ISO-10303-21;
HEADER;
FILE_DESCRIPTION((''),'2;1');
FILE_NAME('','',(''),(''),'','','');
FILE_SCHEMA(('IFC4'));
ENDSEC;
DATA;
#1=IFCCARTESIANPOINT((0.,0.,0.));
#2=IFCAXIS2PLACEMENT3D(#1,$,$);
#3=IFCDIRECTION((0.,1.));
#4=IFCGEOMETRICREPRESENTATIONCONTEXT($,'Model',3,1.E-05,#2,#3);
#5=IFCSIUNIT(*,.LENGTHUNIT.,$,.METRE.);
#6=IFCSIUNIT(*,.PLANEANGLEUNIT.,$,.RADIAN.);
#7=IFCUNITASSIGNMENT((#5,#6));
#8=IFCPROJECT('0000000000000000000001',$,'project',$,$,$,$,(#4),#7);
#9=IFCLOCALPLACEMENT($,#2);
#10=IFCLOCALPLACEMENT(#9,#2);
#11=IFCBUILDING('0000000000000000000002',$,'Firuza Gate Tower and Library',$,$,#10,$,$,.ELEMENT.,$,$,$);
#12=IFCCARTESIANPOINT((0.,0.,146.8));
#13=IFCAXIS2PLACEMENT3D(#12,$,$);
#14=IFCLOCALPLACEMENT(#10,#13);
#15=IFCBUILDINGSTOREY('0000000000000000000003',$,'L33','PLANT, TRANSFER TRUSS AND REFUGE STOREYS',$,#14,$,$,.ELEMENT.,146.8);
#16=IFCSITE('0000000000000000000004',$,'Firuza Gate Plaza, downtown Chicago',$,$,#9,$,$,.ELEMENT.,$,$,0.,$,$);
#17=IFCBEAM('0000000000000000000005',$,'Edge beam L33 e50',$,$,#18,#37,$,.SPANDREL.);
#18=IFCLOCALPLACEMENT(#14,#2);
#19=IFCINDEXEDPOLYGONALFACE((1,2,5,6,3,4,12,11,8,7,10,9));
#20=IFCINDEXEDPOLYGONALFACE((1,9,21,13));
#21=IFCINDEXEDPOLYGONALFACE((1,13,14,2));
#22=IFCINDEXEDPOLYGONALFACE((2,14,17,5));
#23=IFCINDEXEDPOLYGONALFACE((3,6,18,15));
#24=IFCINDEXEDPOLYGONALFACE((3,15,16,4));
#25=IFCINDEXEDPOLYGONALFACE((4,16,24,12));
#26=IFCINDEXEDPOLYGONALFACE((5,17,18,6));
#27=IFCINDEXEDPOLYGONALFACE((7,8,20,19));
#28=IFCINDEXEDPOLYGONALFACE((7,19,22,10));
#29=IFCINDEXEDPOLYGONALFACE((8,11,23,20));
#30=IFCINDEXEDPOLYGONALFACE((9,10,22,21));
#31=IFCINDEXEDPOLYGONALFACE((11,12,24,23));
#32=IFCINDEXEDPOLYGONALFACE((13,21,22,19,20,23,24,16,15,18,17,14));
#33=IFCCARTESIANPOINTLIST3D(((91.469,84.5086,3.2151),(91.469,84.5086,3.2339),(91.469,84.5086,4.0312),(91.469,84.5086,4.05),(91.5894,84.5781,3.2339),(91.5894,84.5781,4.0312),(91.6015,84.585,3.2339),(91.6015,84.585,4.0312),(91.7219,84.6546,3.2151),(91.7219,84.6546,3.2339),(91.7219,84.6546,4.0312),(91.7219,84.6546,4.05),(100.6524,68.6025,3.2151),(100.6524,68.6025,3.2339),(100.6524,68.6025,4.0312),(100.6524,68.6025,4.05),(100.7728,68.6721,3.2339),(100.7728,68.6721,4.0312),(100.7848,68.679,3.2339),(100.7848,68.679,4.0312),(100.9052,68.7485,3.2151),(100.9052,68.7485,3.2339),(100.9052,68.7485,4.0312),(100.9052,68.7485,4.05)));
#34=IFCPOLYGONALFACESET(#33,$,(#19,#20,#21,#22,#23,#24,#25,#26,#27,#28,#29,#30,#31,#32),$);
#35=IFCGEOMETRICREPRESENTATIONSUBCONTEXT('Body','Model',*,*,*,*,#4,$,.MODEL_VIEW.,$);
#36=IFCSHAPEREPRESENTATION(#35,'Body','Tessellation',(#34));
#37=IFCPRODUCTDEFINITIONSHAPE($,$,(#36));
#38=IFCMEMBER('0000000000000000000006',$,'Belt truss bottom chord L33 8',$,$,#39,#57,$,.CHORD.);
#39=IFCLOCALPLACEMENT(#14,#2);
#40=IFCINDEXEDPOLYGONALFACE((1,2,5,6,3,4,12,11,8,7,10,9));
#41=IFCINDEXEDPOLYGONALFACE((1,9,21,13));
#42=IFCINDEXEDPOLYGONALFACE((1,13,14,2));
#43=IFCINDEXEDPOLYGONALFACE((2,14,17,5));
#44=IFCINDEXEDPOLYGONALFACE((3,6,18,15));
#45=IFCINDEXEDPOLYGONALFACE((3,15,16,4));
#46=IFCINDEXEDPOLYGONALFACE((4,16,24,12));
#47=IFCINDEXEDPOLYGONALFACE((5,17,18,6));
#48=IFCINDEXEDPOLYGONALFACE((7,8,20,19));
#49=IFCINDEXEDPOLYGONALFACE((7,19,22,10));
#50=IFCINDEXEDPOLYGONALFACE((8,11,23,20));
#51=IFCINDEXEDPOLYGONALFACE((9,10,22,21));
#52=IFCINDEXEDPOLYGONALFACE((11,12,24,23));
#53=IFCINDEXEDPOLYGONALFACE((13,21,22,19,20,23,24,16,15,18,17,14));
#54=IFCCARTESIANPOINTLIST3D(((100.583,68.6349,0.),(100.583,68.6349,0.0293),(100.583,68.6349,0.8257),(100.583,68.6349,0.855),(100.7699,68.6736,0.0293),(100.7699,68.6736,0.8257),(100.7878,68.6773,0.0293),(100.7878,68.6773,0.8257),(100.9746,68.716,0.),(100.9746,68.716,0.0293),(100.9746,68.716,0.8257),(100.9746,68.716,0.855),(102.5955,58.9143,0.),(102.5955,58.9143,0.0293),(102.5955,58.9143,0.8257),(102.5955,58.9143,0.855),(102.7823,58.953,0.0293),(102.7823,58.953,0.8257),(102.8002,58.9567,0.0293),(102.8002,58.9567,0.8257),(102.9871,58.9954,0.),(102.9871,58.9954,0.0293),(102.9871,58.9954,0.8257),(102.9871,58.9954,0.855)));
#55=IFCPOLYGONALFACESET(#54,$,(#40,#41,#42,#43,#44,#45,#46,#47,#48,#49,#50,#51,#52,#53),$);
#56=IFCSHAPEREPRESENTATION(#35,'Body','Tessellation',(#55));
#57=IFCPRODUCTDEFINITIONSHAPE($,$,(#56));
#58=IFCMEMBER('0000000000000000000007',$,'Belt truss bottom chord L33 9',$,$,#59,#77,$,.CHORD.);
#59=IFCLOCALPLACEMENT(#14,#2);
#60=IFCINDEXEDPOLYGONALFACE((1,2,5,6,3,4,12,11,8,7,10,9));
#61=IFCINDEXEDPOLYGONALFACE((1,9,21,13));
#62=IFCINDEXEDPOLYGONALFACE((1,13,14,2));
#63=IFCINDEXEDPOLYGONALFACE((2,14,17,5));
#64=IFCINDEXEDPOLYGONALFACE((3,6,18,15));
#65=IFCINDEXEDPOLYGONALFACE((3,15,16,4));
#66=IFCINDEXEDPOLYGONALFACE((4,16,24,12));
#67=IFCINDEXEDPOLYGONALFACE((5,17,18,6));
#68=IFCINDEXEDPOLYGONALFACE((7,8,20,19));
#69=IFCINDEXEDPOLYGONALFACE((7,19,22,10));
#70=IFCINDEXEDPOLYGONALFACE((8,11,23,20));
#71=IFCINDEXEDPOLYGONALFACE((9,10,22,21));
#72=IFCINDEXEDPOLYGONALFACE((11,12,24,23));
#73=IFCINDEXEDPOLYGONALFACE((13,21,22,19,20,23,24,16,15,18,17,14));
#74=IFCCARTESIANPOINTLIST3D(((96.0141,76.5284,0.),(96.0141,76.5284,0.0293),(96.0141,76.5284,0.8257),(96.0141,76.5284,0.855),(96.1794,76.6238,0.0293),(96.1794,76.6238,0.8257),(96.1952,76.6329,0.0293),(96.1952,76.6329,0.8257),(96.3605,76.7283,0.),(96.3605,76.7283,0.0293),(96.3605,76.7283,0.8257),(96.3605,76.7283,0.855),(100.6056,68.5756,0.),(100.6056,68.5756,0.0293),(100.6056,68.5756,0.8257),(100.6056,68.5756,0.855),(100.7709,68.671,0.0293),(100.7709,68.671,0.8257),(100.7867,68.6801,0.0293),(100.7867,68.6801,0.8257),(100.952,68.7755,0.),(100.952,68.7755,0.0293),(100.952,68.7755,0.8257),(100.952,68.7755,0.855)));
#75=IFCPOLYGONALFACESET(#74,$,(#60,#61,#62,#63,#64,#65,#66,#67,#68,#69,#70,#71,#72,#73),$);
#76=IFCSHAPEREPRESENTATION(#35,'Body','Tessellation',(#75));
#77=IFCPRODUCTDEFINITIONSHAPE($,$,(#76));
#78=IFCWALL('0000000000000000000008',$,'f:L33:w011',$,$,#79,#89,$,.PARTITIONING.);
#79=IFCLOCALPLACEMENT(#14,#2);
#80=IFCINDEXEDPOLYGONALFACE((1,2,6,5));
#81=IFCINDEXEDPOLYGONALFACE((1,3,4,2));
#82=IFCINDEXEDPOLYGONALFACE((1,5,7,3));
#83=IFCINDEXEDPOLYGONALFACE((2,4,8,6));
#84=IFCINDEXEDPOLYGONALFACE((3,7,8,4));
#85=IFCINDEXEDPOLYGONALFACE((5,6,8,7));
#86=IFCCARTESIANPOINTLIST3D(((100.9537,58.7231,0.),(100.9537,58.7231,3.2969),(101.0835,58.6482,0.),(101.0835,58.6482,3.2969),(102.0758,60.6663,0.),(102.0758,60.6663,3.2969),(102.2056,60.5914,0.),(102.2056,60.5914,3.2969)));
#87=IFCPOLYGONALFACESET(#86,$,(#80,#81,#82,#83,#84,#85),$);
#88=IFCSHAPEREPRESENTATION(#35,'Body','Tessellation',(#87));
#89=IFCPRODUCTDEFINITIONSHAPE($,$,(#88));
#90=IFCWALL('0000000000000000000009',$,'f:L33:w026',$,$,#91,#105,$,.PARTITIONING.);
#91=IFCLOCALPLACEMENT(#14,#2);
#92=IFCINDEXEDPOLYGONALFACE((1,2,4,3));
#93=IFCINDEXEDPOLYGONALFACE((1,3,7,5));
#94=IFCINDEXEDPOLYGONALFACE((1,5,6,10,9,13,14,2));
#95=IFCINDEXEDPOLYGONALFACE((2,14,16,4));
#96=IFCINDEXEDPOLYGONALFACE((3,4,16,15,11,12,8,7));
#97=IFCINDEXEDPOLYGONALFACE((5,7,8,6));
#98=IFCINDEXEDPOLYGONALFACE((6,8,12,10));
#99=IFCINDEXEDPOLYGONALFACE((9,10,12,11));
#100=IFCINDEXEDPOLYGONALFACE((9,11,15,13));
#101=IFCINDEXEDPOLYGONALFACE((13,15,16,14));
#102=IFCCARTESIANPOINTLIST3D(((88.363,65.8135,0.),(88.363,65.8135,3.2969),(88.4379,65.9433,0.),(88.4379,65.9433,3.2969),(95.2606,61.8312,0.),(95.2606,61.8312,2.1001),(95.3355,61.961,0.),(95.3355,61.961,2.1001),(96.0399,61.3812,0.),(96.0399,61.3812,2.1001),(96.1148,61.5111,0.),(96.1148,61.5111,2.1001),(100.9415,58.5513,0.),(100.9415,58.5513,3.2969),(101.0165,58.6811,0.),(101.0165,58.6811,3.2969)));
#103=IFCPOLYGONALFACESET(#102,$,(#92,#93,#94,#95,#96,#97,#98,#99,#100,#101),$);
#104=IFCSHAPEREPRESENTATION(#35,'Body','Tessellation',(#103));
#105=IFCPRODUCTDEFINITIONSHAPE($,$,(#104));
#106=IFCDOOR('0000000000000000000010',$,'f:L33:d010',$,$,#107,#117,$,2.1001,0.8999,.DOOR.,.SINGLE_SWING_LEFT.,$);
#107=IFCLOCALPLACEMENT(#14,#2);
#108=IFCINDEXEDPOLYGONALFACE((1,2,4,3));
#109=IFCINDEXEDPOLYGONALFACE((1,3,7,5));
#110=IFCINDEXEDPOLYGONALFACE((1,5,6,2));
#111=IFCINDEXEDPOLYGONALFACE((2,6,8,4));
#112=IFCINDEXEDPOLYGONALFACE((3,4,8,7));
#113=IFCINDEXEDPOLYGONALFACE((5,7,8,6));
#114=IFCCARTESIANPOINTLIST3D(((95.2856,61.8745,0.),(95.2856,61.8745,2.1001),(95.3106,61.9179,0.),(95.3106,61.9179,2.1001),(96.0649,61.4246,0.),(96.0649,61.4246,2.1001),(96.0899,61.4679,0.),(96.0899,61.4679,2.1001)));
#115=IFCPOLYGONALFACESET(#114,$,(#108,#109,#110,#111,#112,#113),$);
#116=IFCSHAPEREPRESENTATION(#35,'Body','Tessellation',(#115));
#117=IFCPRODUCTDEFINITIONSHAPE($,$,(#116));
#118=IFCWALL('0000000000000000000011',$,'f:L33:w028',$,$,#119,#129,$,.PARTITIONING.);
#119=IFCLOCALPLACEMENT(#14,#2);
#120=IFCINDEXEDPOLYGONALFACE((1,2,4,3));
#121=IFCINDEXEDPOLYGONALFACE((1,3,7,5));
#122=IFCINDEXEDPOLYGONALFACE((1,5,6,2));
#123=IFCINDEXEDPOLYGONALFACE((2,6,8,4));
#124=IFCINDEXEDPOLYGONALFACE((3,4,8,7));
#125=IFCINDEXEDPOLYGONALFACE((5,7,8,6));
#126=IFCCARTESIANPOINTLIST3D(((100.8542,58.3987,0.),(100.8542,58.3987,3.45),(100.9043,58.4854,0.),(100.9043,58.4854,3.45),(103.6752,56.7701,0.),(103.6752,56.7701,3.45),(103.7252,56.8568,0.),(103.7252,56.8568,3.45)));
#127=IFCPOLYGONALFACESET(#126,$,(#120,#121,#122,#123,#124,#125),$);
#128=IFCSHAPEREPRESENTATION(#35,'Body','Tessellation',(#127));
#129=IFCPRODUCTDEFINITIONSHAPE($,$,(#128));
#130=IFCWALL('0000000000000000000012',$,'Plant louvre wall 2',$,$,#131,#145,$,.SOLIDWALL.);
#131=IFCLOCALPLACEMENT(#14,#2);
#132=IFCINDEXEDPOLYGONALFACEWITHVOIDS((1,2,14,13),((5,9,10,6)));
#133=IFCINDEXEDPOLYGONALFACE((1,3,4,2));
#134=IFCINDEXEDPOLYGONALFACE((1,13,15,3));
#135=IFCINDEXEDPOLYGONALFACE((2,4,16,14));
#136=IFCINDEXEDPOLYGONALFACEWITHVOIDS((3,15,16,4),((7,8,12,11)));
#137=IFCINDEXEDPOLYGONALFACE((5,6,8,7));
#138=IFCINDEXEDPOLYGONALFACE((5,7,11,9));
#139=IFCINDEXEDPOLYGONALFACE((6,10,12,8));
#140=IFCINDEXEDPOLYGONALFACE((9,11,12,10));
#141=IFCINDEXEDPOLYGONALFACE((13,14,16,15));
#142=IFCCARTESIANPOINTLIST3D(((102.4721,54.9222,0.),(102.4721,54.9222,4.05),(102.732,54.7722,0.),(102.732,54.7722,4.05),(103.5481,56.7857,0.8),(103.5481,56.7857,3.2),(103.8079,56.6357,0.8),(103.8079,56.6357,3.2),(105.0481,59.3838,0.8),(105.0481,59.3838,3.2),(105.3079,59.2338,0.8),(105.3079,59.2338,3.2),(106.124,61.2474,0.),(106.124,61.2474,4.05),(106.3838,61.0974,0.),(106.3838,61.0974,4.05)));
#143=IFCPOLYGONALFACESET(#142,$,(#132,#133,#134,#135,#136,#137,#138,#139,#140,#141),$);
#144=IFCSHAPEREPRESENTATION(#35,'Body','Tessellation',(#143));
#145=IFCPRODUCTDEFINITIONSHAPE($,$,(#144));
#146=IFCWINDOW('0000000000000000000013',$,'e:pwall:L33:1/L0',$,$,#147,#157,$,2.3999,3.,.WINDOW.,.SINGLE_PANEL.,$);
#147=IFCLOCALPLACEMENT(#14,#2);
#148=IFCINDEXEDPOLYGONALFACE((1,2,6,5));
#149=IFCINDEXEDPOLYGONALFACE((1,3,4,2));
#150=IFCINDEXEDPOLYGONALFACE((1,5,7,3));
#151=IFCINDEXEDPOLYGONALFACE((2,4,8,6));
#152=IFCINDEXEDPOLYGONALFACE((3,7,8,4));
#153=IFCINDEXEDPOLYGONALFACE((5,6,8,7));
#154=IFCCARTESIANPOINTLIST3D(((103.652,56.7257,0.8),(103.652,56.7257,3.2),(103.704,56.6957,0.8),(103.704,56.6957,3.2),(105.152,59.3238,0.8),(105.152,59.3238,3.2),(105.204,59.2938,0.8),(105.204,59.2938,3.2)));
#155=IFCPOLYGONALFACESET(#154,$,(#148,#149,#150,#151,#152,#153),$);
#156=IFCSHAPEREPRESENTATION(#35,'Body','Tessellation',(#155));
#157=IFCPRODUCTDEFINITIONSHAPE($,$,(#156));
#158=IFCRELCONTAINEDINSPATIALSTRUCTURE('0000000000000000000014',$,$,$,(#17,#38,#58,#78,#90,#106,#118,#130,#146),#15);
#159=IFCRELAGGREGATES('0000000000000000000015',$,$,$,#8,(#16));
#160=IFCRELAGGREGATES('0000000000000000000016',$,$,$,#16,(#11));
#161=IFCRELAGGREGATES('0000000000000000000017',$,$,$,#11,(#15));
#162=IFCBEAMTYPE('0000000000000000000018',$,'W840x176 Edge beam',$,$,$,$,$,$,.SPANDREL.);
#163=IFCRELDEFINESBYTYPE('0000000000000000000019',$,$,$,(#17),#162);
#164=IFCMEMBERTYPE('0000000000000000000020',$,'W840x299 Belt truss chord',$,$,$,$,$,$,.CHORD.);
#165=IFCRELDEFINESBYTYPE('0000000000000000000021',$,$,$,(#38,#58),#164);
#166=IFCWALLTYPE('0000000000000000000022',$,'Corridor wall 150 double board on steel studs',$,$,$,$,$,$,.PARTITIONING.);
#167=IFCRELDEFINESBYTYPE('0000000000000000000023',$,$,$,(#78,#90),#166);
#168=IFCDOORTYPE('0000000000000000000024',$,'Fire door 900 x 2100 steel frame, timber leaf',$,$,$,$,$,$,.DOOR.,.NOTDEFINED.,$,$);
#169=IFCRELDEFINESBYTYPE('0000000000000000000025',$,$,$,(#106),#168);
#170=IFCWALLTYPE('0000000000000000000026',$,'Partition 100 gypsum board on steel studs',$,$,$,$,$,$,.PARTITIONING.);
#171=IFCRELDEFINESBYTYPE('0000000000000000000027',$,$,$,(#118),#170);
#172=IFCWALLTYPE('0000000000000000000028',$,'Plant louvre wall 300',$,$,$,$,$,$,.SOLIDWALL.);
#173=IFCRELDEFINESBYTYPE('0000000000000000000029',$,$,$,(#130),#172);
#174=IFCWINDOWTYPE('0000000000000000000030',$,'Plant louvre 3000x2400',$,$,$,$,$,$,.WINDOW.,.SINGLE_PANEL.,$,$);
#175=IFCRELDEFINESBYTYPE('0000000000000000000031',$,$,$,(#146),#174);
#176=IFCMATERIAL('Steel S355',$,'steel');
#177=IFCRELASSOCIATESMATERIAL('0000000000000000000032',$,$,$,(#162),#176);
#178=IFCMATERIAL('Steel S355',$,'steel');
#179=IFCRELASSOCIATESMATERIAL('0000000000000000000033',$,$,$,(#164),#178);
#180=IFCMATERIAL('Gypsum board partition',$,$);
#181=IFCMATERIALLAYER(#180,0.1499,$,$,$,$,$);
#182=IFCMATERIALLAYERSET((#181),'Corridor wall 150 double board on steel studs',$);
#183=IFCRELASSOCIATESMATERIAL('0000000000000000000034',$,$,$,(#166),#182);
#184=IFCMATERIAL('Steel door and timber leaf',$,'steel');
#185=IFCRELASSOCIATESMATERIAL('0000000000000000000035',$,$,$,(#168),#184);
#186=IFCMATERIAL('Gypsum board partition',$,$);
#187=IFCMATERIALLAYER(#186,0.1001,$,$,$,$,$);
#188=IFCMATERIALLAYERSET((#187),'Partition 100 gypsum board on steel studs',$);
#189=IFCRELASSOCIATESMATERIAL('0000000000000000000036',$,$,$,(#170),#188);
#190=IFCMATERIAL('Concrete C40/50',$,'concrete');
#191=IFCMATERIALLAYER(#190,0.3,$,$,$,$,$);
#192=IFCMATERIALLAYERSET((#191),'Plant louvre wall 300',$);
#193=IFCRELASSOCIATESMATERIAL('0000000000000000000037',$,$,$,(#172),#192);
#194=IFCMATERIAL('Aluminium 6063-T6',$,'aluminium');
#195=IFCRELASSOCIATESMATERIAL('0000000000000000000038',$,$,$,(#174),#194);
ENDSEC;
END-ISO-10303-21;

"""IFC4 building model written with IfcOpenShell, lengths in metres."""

from ifc_helpers import new_model, si_unit, direction, frame, frame_2d, origin, origin_2d, place, context, subcontext, project, spatial, rectangle, i_section, extrude, material, layer, layer_set, material_profile, profile_set, type_object, element, fill, save


model = new_model("IFC4")

# Units and contexts
model_context = context("Model", 3, precision=1e-05, world=origin(), true_north=direction((0.0, 1.0)))
body_context = subcontext(model_context, "Body", "Model", "MODEL_VIEW")
ifc_project = project(units=[si_unit("LENGTHUNIT", "METRE"), si_unit("PLANEANGLEUNIT", "RADIAN")], contexts=[model_context])

# Site, building, storey
site_placement = place(None, origin())
site = spatial("IfcSite", under=ifc_project, at=site_placement, Name="Firuza Gate Plaza, downtown Chicago", CompositionType="ELEMENT", RefElevation=0.0)
building_placement = place(site_placement, origin())
building = spatial("IfcBuilding", under=site, at=building_placement, Name="Firuza Gate Tower and Library", CompositionType="ELEMENT")
storey_placement = place(building_placement, frame((0.0, 0.0, 146.8)))
storey = spatial("IfcBuildingStorey", under=building, at=storey_placement, Name="L33", Description="PLANT, TRANSFER TRUSS AND REFUGE STOREYS", CompositionType="ELEMENT", Elevation=146.8)

# Beam
ifc_material_1 = material(Name="Steel S355", Category="steel")
ifc_material_profile_1 = material_profile(ifc_material_1, i_section(OverallWidth=0.292, OverallDepth=0.835, WebThickness=0.0139, FlangeThickness=0.0188, at=origin_2d()))
ifc_profile_set_1 = profile_set([ifc_material_profile_1], Name="Steel S355")
beam_type_1 = type_object("IfcBeamType", Name="W840x176 Edge beam", PredefinedType="SPANDREL", material=ifc_profile_set_1)
beam_1_placement = place(storey_placement, frame((100.7788, 68.6755, 3.6326), z_axis=(-0.500001, 0.866025, 0.0), x_axis=(-0.866025, -0.500001, 0.0)))
element("IfcBeam", 1, at=beam_1_placement, inside=storey, type_object=beam_type_1, Name="Edge beam L33 e50", PredefinedType="SPANDREL", context=body_context, shape_type="SweptSolid", body=[
    extrude(i_section(OverallWidth=0.292, OverallDepth=0.835, WebThickness=0.0139, FlangeThickness=0.0188, at=origin_2d()), origin(), (0.0, 0.0, 1.0), 18.3667),
])

# Members
ifc_material_2 = material(Name="Steel S355", Category="steel")
ifc_material_profile_2 = material_profile(ifc_material_2, i_section(OverallWidth=0.3999, OverallDepth=0.855, WebThickness=0.0183, FlangeThickness=0.0293, at=origin_2d()))
ifc_profile_set_2 = profile_set([ifc_material_profile_2], Name="Steel S355")
member_type_1 = type_object("IfcMemberType", Name="W840x299 Belt truss chord", PredefinedType="CHORD", material=ifc_profile_set_2)
member_1_placement = place(storey_placement, frame((102.7913, 58.9548, 0.4275), z_axis=(-0.202728, 0.979235, 0.0), x_axis=(-0.979235, -0.202728, 0.0)))
element("IfcMember", 2, at=member_1_placement, inside=storey, type_object=member_type_1, Name="Belt truss bottom chord L33 8", PredefinedType="CHORD", context=body_context, shape_type="SweptSolid", body=[
    extrude(i_section(OverallWidth=0.3999, OverallDepth=0.855, WebThickness=0.0183, FlangeThickness=0.0293, at=origin_2d()), origin(), (0.0, 0.0, 1.0), 9.9268),
])
member_2_placement = place(storey_placement, frame((100.7788, 68.6755, 0.4275), z_axis=(-0.499996, 0.866028, 0.0), x_axis=(-0.866028, -0.499996, 0.0)))
element("IfcMember", 3, at=member_2_placement, inside=storey, type_object=member_type_1, Name="Belt truss bottom chord L33 9", PredefinedType="CHORD", context=body_context, shape_type="SweptSolid", body=[
    extrude(i_section(OverallWidth=0.3999, OverallDepth=0.855, WebThickness=0.0183, FlangeThickness=0.0293, at=origin_2d()), origin(), (0.0, 0.0, 1.0), 9.1831),
])

# Wall
ifc_material_3 = material(Name="Gypsum board partition")
ifc_layer_1 = layer(ifc_material_3, 0.1499)
ifc_layer_set_1 = layer_set([ifc_layer_1], Name="Corridor wall 150 double board on steel studs")
wall_type_1 = type_object("IfcWallType", Name="Corridor wall 150 double board on steel studs", PredefinedType="PARTITIONING", material=ifc_layer_set_1)
wall_1_placement = place(storey_placement, frame((101.0186, 58.6855, 0.0), z_axis=(0.0, 0.0, 1.0), x_axis=(0.500071, 0.865984, 0.0)))
element("IfcWall", 4, at=wall_1_placement, inside=storey, type_object=wall_type_1, Name="f:L33:w011", PredefinedType="PARTITIONING", context=body_context, shape_type="SweptSolid", body=[
    extrude(rectangle(XDim=2.2439, YDim=0.1499, at=frame_2d((1.1221, 0.0))), origin(), (0.0, 0.0, 1.0), 3.2969),
])

# Wall, opening, door
wall_2_placement = place(storey_placement, frame((100.979, 58.6162, 0.0), z_axis=(0.0, 0.0, 1.0), x_axis=(-0.866027, 0.499997, 0.0)))
wall_2 = element("IfcWall", 5, at=wall_2_placement, inside=storey, type_object=wall_type_1, Name="f:L33:w026", PredefinedType="PARTITIONING", context=body_context, shape_type="SweptSolid", body=[
    extrude(rectangle(XDim=14.5244, YDim=0.1499, at=frame_2d((7.2622, 0.0))), origin(), (0.0, 0.0, 1.0), 3.2969),
])
opening_1_placement = place(wall_2_placement, frame((5.6599, 0.0, 0.0)))
opening_1 = element("IfcOpeningElement", 6, at=opening_1_placement, cuts=wall_2, PredefinedType="OPENING", context=body_context, shape_type="SweptSolid", body=[
    extrude(rectangle(XDim=0.8999, YDim=2.1001, at=frame_2d((0.45, 1.05))), frame((0.0, 0.085, 0.0), z_axis=(0.0, -1.0, 0.0), x_axis=(1.0, 0.0, 0.0)), (0.0, 0.0, 1.0), 0.1699),
])
ifc_material_4 = material(Name="Steel door and timber leaf", Category="steel")
door_type = type_object("IfcDoorType", Name="Fire door 900 x 2100 steel frame, timber leaf", OperationType="NOTDEFINED", PredefinedType="DOOR", material=ifc_material_4)
door_placement = place(opening_1_placement, origin())
door = element("IfcDoor", 7, at=door_placement, inside=storey, type_object=door_type, Name="f:L33:d010", OperationType="SINGLE_SWING_LEFT", OverallHeight=2.1001, OverallWidth=0.8999, PredefinedType="DOOR", context=body_context, shape_type="SweptSolid", body=[
    extrude(rectangle(XDim=0.8999, YDim=2.1001, at=frame_2d((0.45, 1.05))), frame((0.0, 0.0249, 0.0), z_axis=(0.0, -1.0, 0.0), x_axis=(1.0, 0.0, 0.0)), (0.0, 0.0, 1.0), 0.05),
])
fill(opening_1, door)

# Wall
ifc_material_5 = material(Name="Gypsum board partition")
ifc_layer_2 = layer(ifc_material_5, 0.1001)
ifc_layer_set_2 = layer_set([ifc_layer_2], Name="Partition 100 gypsum board on steel studs")
wall_type_2 = type_object("IfcWallType", Name="Partition 100 gypsum board on steel studs", PredefinedType="PARTITIONING", material=ifc_layer_set_2)
wall_3_placement = place(storey_placement, frame((103.7002, 56.8135, 0.0), z_axis=(0.0, 0.0, 1.0), x_axis=(-0.866035, 0.499984, 0.0)))
element("IfcWall", 8, at=wall_3_placement, inside=storey, type_object=wall_type_2, Name="f:L33:w028", PredefinedType="PARTITIONING", context=body_context, shape_type="SweptSolid", body=[
    extrude(rectangle(XDim=3.2573, YDim=0.1001, at=frame_2d((1.6287, 0.0))), origin(), (0.0, 0.0, 1.0), 3.45),
])

# Wall, opening, window
ifc_material_6 = material(Name="Concrete C40/50", Category="concrete")
ifc_layer_3 = layer(ifc_material_6, 0.3)
ifc_layer_set_3 = layer_set([ifc_layer_3], Name="Plant louvre wall 300")
wall_type_3 = type_object("IfcWallType", Name="Plant louvre wall 300", PredefinedType="SOLIDWALL", material=ifc_layer_set_3)
wall_4_placement = place(storey_placement, frame((102.6021, 54.8472, 0.0), z_axis=(0.0, 0.0, 1.0), x_axis=(0.5, 0.866025, 0.0)))
wall_4 = element("IfcWall", 9, at=wall_4_placement, inside=storey, type_object=wall_type_3, Name="Plant louvre wall 2", PredefinedType="SOLIDWALL", context=body_context, shape_type="SweptSolid", body=[
    extrude(rectangle(XDim=7.3037, YDim=0.3, at=frame_2d((3.6519, 0.0))), origin(), (0.0, 0.0, 1.0), 4.05),
])
opening_2_placement = place(wall_4_placement, frame((2.1519, 0.0, 0.8)))
opening_2 = element("IfcOpeningElement", 10, at=opening_2_placement, cuts=wall_4, PredefinedType="OPENING", context=body_context, shape_type="SweptSolid", body=[
    extrude(rectangle(XDim=3.0, YDim=2.3999, at=frame_2d((1.5, 1.2))), frame((0.0, 0.1602, 0.0), z_axis=(0.0, -1.0, 0.0), x_axis=(1.0, 0.0, 0.0)), (0.0, 0.0, 1.0), 0.3201),
])
ifc_material_7 = material(Name="Aluminium 6063-T6", Category="aluminium")
window_type = type_object("IfcWindowType", Name="Plant louvre 3000x2400", PartitioningType="SINGLE_PANEL", PredefinedType="WINDOW", material=ifc_material_7)
window_1_placement = place(opening_2_placement, origin())
window_1 = element("IfcWindow", 11, at=window_1_placement, inside=storey, type_object=window_type, Name="e:pwall:L33:1/L0", OverallHeight=2.3999, OverallWidth=3.0, PartitioningType="SINGLE_PANEL", PredefinedType="WINDOW", context=body_context, shape_type="SweptSolid", body=[
    extrude(rectangle(XDim=3.0, YDim=2.3999, at=frame_2d((1.5, 1.2))), frame((0.0, 0.03, 0.0), z_axis=(0.0, -1.0, 0.0), x_axis=(1.0, 0.0, 0.0)), (0.0, 0.0, 1.0), 0.0601),
])
fill(opening_2, window_1)

save(model, "model.ifc")
